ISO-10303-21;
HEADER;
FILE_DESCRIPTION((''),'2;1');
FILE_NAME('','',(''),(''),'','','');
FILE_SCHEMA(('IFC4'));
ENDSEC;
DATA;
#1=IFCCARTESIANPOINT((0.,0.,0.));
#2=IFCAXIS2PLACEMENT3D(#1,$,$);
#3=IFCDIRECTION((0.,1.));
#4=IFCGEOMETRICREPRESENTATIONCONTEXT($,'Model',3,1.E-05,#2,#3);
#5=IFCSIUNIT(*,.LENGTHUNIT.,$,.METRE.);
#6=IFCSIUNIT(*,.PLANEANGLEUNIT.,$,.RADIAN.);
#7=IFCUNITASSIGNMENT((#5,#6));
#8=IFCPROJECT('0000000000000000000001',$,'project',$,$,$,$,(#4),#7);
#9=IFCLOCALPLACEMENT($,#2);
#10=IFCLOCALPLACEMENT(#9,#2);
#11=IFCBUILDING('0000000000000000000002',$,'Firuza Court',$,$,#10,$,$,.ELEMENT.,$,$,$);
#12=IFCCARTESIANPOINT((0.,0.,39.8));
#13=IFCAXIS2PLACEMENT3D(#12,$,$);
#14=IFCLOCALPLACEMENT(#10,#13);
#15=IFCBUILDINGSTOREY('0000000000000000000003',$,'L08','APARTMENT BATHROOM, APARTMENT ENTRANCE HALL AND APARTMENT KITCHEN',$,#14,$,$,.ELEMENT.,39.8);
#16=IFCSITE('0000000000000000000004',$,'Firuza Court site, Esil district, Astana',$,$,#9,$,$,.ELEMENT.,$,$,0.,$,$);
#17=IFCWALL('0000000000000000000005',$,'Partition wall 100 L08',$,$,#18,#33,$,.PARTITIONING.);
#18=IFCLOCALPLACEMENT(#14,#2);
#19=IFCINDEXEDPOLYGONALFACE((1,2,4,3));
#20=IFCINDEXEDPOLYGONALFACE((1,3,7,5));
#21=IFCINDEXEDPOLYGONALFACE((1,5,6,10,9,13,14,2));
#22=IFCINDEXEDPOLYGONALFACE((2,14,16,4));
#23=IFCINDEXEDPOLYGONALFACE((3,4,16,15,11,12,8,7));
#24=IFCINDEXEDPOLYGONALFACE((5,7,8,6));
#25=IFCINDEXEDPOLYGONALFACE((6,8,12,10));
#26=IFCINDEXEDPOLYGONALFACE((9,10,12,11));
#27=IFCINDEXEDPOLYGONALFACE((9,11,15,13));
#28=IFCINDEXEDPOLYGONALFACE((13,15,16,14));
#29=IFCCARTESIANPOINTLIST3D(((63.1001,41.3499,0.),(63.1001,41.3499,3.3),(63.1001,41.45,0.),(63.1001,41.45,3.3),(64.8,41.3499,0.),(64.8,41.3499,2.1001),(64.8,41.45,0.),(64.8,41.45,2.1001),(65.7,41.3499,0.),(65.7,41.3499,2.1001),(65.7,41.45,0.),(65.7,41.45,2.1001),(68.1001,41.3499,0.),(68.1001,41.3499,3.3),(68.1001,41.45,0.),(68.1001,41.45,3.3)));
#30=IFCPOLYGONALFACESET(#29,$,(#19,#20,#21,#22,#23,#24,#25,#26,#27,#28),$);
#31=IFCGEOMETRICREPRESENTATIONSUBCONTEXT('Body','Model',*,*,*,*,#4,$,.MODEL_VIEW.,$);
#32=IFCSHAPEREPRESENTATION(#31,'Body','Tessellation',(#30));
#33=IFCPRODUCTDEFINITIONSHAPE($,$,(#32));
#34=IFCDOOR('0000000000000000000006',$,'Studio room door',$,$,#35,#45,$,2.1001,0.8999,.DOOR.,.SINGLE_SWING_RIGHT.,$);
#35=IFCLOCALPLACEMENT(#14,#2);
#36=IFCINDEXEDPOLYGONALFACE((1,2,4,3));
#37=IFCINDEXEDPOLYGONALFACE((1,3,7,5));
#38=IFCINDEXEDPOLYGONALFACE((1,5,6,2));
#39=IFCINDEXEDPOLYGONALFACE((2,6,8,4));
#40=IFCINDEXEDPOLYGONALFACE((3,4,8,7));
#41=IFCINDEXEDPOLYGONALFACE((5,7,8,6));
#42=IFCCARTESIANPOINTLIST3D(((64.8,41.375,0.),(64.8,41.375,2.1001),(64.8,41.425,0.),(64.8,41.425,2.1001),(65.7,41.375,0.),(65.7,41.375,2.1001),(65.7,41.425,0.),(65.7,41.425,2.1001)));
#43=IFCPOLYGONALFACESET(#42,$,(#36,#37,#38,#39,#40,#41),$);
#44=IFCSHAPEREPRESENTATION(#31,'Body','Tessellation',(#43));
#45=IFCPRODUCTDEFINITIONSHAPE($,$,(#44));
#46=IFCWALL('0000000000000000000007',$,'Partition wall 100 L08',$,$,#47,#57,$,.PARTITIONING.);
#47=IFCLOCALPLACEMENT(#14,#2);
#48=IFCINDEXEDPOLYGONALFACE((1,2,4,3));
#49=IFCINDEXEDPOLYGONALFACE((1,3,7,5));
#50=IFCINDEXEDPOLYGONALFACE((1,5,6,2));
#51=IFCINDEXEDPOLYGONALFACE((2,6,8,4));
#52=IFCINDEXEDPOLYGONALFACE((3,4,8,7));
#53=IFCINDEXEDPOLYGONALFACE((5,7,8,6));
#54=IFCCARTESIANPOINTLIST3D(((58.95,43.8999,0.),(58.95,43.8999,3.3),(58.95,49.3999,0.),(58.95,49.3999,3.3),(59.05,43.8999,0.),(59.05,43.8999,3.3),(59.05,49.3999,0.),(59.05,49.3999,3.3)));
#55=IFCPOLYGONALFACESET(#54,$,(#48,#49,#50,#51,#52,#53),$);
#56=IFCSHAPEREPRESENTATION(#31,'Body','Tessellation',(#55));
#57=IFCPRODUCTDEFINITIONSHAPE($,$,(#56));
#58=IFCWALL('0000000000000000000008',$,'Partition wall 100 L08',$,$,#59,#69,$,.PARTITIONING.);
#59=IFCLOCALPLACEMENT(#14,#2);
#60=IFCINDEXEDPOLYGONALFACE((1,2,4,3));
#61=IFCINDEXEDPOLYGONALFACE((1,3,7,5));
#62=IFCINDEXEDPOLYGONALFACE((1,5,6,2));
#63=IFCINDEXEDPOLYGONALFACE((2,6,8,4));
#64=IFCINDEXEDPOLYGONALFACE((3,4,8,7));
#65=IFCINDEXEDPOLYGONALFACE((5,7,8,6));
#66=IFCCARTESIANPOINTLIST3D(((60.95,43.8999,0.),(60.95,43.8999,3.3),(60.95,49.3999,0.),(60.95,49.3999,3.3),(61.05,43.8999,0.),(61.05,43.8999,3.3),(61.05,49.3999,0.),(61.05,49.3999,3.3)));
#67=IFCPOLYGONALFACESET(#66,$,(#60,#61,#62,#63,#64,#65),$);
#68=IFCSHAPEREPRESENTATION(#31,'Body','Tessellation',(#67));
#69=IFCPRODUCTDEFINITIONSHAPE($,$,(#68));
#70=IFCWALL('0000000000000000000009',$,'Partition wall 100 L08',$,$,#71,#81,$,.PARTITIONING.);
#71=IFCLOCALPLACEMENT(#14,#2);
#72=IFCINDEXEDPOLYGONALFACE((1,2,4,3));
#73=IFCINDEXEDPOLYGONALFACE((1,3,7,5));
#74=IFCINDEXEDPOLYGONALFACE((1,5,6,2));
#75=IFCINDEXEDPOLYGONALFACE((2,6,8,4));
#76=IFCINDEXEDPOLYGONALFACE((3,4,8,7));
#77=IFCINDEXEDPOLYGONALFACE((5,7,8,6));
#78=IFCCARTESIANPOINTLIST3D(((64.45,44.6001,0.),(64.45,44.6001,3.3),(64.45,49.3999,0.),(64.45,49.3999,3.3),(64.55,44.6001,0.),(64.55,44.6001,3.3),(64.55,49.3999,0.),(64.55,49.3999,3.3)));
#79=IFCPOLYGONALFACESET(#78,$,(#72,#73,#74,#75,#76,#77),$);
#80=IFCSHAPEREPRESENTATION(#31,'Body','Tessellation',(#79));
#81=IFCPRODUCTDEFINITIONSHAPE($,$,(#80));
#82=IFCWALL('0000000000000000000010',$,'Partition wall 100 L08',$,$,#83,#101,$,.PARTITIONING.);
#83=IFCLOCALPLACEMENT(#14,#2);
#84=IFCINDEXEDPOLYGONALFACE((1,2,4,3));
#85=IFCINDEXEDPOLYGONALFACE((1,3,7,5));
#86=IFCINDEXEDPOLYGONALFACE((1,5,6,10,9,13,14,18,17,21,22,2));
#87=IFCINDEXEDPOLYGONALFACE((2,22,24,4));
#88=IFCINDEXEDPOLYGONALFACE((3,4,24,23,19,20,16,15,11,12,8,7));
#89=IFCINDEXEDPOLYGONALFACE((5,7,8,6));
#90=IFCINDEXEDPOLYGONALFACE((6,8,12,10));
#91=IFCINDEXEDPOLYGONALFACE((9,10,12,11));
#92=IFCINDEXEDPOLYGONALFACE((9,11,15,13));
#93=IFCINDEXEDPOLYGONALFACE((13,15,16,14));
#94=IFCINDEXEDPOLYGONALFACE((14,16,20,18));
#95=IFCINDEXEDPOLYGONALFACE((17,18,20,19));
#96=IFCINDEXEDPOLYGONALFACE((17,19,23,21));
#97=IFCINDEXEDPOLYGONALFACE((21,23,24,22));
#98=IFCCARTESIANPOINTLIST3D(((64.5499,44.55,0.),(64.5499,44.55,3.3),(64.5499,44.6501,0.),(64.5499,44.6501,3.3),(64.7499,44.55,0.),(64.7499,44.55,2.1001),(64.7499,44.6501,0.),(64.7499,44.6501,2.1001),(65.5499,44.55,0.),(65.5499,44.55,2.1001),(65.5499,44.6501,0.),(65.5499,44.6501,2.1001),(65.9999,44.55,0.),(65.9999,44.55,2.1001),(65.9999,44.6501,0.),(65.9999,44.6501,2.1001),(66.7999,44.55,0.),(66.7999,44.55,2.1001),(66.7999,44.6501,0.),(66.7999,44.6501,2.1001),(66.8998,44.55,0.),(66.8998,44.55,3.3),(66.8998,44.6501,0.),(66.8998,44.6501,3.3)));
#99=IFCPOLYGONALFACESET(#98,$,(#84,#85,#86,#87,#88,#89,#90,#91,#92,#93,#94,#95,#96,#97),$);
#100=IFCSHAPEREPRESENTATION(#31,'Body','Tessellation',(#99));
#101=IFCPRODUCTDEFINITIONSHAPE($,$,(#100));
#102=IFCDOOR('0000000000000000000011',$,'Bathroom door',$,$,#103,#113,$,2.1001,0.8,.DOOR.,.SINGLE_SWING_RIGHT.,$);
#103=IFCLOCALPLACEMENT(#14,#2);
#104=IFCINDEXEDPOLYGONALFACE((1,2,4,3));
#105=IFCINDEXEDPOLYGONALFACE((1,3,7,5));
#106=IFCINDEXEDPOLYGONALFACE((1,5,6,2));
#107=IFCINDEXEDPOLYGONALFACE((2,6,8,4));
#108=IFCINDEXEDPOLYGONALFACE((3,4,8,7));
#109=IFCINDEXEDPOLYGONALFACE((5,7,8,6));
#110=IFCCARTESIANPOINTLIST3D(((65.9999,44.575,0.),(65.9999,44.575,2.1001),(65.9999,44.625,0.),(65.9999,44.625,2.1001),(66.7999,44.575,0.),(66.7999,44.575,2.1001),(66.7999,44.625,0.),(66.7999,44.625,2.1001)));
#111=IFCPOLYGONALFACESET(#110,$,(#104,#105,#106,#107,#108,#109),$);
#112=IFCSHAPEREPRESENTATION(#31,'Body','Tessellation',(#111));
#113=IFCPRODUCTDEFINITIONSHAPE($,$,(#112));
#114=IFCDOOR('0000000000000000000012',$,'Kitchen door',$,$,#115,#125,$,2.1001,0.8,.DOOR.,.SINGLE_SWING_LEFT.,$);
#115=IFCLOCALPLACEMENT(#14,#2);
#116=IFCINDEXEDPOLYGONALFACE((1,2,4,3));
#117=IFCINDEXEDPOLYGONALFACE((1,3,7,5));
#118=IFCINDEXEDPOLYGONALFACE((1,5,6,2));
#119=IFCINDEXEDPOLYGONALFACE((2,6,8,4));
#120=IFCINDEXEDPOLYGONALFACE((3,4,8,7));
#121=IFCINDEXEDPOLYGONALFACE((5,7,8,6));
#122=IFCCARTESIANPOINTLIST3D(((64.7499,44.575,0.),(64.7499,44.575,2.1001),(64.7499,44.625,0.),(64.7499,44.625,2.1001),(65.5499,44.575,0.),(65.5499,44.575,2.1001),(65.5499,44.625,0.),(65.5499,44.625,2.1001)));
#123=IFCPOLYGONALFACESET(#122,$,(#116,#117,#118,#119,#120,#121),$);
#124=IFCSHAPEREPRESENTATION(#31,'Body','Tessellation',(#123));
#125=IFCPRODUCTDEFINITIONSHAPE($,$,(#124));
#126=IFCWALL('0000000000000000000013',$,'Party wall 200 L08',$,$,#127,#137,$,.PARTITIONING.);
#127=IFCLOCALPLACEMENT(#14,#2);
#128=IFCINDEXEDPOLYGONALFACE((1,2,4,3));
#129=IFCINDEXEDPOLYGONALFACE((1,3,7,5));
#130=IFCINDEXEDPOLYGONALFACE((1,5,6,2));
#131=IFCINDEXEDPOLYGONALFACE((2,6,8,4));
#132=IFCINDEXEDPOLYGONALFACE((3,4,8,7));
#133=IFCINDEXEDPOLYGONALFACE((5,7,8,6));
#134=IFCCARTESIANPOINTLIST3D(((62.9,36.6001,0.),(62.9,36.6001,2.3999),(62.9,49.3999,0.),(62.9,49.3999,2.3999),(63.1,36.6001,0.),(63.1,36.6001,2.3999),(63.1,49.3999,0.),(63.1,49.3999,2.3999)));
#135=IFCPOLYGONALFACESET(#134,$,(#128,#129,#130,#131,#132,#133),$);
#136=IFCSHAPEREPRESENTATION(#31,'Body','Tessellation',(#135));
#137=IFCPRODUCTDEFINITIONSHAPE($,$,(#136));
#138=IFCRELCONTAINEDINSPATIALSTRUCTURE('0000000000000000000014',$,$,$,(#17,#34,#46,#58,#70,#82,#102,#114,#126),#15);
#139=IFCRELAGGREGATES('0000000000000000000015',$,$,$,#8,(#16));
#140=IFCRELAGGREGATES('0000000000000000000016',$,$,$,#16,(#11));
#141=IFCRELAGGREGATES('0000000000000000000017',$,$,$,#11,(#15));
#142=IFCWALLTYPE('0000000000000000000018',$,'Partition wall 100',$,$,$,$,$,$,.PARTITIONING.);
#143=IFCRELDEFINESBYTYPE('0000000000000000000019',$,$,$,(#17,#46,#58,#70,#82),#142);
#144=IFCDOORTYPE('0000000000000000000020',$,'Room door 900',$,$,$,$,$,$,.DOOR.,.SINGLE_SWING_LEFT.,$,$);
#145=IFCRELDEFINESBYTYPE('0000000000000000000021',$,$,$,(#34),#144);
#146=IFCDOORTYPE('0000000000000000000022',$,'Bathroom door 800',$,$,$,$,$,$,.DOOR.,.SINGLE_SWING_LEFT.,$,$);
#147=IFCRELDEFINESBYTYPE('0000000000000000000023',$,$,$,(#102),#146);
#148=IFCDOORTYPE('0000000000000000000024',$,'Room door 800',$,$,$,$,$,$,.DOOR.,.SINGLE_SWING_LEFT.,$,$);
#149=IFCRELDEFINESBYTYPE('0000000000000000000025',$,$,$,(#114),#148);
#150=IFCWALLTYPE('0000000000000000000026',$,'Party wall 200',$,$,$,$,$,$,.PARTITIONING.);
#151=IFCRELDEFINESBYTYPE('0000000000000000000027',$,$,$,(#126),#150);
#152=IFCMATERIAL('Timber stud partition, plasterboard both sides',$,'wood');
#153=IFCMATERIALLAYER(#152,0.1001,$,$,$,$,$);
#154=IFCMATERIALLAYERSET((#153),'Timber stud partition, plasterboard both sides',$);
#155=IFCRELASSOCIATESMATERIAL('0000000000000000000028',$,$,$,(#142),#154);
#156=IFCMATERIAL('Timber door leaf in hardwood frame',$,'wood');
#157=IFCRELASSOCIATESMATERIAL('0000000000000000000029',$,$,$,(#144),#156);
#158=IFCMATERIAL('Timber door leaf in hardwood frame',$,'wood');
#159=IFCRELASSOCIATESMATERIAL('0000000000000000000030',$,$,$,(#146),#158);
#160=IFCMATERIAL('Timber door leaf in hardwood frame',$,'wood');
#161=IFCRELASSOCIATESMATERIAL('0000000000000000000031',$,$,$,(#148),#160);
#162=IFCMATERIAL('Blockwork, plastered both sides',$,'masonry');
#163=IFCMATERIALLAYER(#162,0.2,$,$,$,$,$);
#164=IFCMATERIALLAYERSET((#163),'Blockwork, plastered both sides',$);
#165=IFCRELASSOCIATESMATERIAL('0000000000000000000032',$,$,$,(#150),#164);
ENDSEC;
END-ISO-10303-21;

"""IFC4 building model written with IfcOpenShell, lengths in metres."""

from ifc_helpers import new_model, si_unit, direction, frame, frame_2d, origin, place, context, subcontext, project, spatial, rectangle, extrude, material, layer, layer_set, type_object, element, fill, save


model = new_model("IFC4")

# Units and contexts
model_context = context("Model", 3, precision=1e-05, world=origin(), true_north=direction((0.0, 1.0)))
body_context = subcontext(model_context, "Body", "Model", "MODEL_VIEW")
ifc_project = project(units=[si_unit("LENGTHUNIT", "METRE"), si_unit("PLANEANGLEUNIT", "RADIAN")], contexts=[model_context])

# Site, building, storey
site_placement = place(None, origin())
site = spatial("IfcSite", under=ifc_project, at=site_placement, Name="Firuza Court site, Esil district, Astana", CompositionType="ELEMENT", RefElevation=0.0)
building_placement = place(site_placement, origin())
building = spatial("IfcBuilding", under=site, at=building_placement, Name="Firuza Court", CompositionType="ELEMENT")
storey_placement = place(building_placement, frame((0.0, 0.0, 39.8)))
storey = spatial("IfcBuildingStorey", under=building, at=storey_placement, Name="L08", Description="APARTMENT BATHROOM, APARTMENT ENTRANCE HALL AND APARTMENT KITCHEN", CompositionType="ELEMENT", Elevation=39.8)

# Shared definitions
ifc_material_1 = material(Name="Timber stud partition, plasterboard both sides", Category="wood")
ifc_layer_1 = layer(ifc_material_1, 0.1001)
ifc_layer_set_1 = layer_set([ifc_layer_1], Name="Timber stud partition, plasterboard both sides")
wall_type_1 = type_object("IfcWallType", Name="Partition wall 100", PredefinedType="PARTITIONING", material=ifc_layer_set_1)

# Wall, opening, door
wall_1_placement = place(storey_placement, frame((63.1001, 41.3999, 0.0), z_axis=(0.0, 0.0, 1.0), x_axis=(1.0, 0.0, 0.0)))
wall_1 = element("IfcWall", 1, at=wall_1_placement, inside=storey, type_object=wall_type_1, Name="Partition wall 100 L08", PredefinedType="PARTITIONING", context=body_context, shape_type="SweptSolid", body=[
    extrude(rectangle(XDim=5.0, YDim=0.1001, at=frame_2d((2.5, 0.0))), origin(), (0.0, 0.0, 1.0), 3.3),
])
opening_1_placement = place(wall_1_placement, frame((1.7, 0.0, 0.0)))
opening_1 = element("IfcOpeningElement", 2, at=opening_1_placement, cuts=wall_1, PredefinedType="OPENING", context=body_context, shape_type="SweptSolid", body=[
    extrude(rectangle(XDim=0.8999, YDim=2.1001, at=frame_2d((0.45, 1.05))), frame((0.0, 0.062, 0.0), z_axis=(0.0, -1.0, 0.0), x_axis=(1.0, 0.0, 0.0)), (0.0, 0.0, 1.0), 0.124),
])
ifc_material_2 = material(Name="Timber door leaf in hardwood frame", Category="wood")
door_type_1 = type_object("IfcDoorType", Name="Room door 900", OperationType="SINGLE_SWING_LEFT", PredefinedType="DOOR", material=ifc_material_2)
door_1_placement = place(opening_1_placement, frame((0.8999, 0.0, 0.0), z_axis=(0.0, 0.0, 1.0), x_axis=(-1.0, 0.0, 0.0)))
door_1 = element("IfcDoor", 3, at=door_1_placement, inside=storey, type_object=door_type_1, Name="Studio room door", OperationType="SINGLE_SWING_RIGHT", OverallHeight=2.1001, OverallWidth=0.8999, PredefinedType="DOOR", context=body_context, shape_type="SweptSolid", body=[
    extrude(rectangle(XDim=0.8999, YDim=2.1001, at=frame_2d((0.45, 1.05))), frame((0.0, 0.0249, 0.0), z_axis=(0.0, -1.0, 0.0), x_axis=(1.0, 0.0, 0.0)), (0.0, 0.0, 1.0), 0.05),
])
fill(opening_1, door_1)

# Walls
for number, where, z_axis, x_axis, name in (
    (4, (59.0, 43.8999, 0.0), (0.0, 0.0, 1.0), (0.0, 1.0, 0.0), "Partition wall 100 L08"),
    (5, (61.0, 43.8999, 0.0), (0.0, 0.0, 1.0), (0.0, 1.0, 0.0), "Partition wall 100 L08"),
):
    element("IfcWall", number, at=place(storey_placement, frame(where, z_axis=z_axis, x_axis=x_axis)), inside=storey, type_object=wall_type_1, Name=name, PredefinedType="PARTITIONING", context=body_context, shape_type="SweptSolid", body=[
        extrude(rectangle(XDim=5.5, YDim=0.1001, at=frame_2d((2.75, 0.0))), origin(), (0.0, 0.0, 1.0), 3.3),
    ])
wall_2_placement = place(storey_placement, frame((64.5, 44.6001, 0.0), z_axis=(0.0, 0.0, 1.0), x_axis=(0.0, 1.0, 0.0)))
element("IfcWall", 6, at=wall_2_placement, inside=storey, type_object=wall_type_1, Name="Partition wall 100 L08", PredefinedType="PARTITIONING", context=body_context, shape_type="SweptSolid", body=[
    extrude(rectangle(XDim=4.7998, YDim=0.1001, at=frame_2d((2.3999, 0.0))), origin(), (0.0, 0.0, 1.0), 3.3),
])

# Wall, openings, doors
wall_3_placement = place(storey_placement, frame((64.55, 44.6001, 0.0), z_axis=(0.0, 0.0, 1.0), x_axis=(1.0, 0.0, 0.0)))
wall_3 = element("IfcWall", 7, at=wall_3_placement, inside=storey, type_object=wall_type_1, Name="Partition wall 100 L08", PredefinedType="PARTITIONING", context=body_context, shape_type="SweptSolid", body=[
    extrude(rectangle(XDim=2.3499, YDim=0.1001, at=frame_2d((1.1748, 0.0))), origin(), (0.0, 0.0, 1.0), 3.3),
])
opening_2_placement = place(wall_3_placement, frame((1.45, 0.0, 0.0)))
opening_2 = element("IfcOpeningElement", 8, at=opening_2_placement, cuts=wall_3, PredefinedType="OPENING", context=body_context, shape_type="SweptSolid", body=[
    extrude(rectangle(XDim=0.8, YDim=2.1001, at=frame_2d((0.3999, 1.05))), frame((0.0, 0.062, 0.0), z_axis=(0.0, -1.0, 0.0), x_axis=(1.0, 0.0, 0.0)), (0.0, 0.0, 1.0), 0.124),
])
opening_3_placement = place(wall_3_placement, frame((0.2, 0.0, 0.0)))
opening_3 = element("IfcOpeningElement", 9, at=opening_3_placement, cuts=wall_3, PredefinedType="OPENING", context=body_context, shape_type="SweptSolid", body=[
    extrude(rectangle(XDim=0.8, YDim=2.1001, at=frame_2d((0.3999, 1.05))), frame((0.0, 0.062, 0.0), z_axis=(0.0, -1.0, 0.0), x_axis=(1.0, 0.0, 0.0)), (0.0, 0.0, 1.0), 0.124),
])
ifc_material_3 = material(Name="Timber door leaf in hardwood frame", Category="wood")
door_type_2 = type_object("IfcDoorType", Name="Bathroom door 800", OperationType="SINGLE_SWING_LEFT", PredefinedType="DOOR", material=ifc_material_3)
door_2_placement = place(opening_2_placement, origin())
door_2 = element("IfcDoor", 10, at=door_2_placement, inside=storey, type_object=door_type_2, Name="Bathroom door", OperationType="SINGLE_SWING_RIGHT", OverallHeight=2.1001, OverallWidth=0.8, PredefinedType="DOOR", context=body_context, shape_type="SweptSolid", body=[
    extrude(rectangle(XDim=0.8, YDim=2.1001, at=frame_2d((0.3999, 1.05))), frame((0.0, 0.0249, 0.0), z_axis=(0.0, -1.0, 0.0), x_axis=(1.0, 0.0, 0.0)), (0.0, 0.0, 1.0), 0.05),
])
fill(opening_2, door_2)
ifc_material_4 = material(Name="Timber door leaf in hardwood frame", Category="wood")
door_type_3 = type_object("IfcDoorType", Name="Room door 800", OperationType="SINGLE_SWING_LEFT", PredefinedType="DOOR", material=ifc_material_4)
door_3_placement = place(opening_3_placement, origin())
door_3 = element("IfcDoor", 11, at=door_3_placement, inside=storey, type_object=door_type_3, Name="Kitchen door", OperationType="SINGLE_SWING_LEFT", OverallHeight=2.1001, OverallWidth=0.8, PredefinedType="DOOR", context=body_context, shape_type="SweptSolid", body=[
    extrude(rectangle(XDim=0.8, YDim=2.1001, at=frame_2d((0.3999, 1.05))), frame((0.0, 0.0249, 0.0), z_axis=(0.0, -1.0, 0.0), x_axis=(1.0, 0.0, 0.0)), (0.0, 0.0, 1.0), 0.05),
])
fill(opening_3, door_3)

# Wall
ifc_material_5 = material(Name="Blockwork, plastered both sides", Category="masonry")
ifc_layer_2 = layer(ifc_material_5, 0.2)
ifc_layer_set_2 = layer_set([ifc_layer_2], Name="Blockwork, plastered both sides")
wall_type_2 = type_object("IfcWallType", Name="Party wall 200", PredefinedType="PARTITIONING", material=ifc_layer_set_2)
wall_4_placement = place(storey_placement, frame((63.0, 36.6001, 0.0), z_axis=(0.0, 0.0, 1.0), x_axis=(0.0, 1.0, 0.0)))
element("IfcWall", 12, at=wall_4_placement, inside=storey, type_object=wall_type_2, Name="Party wall 200 L08", PredefinedType="PARTITIONING", context=body_context, shape_type="SweptSolid", body=[
    extrude(rectangle(XDim=12.7998, YDim=0.2, at=frame_2d((6.3999, 0.0))), origin(), (0.0, 0.0, 1.0), 2.3999),
])

save(model, "model.ifc")
